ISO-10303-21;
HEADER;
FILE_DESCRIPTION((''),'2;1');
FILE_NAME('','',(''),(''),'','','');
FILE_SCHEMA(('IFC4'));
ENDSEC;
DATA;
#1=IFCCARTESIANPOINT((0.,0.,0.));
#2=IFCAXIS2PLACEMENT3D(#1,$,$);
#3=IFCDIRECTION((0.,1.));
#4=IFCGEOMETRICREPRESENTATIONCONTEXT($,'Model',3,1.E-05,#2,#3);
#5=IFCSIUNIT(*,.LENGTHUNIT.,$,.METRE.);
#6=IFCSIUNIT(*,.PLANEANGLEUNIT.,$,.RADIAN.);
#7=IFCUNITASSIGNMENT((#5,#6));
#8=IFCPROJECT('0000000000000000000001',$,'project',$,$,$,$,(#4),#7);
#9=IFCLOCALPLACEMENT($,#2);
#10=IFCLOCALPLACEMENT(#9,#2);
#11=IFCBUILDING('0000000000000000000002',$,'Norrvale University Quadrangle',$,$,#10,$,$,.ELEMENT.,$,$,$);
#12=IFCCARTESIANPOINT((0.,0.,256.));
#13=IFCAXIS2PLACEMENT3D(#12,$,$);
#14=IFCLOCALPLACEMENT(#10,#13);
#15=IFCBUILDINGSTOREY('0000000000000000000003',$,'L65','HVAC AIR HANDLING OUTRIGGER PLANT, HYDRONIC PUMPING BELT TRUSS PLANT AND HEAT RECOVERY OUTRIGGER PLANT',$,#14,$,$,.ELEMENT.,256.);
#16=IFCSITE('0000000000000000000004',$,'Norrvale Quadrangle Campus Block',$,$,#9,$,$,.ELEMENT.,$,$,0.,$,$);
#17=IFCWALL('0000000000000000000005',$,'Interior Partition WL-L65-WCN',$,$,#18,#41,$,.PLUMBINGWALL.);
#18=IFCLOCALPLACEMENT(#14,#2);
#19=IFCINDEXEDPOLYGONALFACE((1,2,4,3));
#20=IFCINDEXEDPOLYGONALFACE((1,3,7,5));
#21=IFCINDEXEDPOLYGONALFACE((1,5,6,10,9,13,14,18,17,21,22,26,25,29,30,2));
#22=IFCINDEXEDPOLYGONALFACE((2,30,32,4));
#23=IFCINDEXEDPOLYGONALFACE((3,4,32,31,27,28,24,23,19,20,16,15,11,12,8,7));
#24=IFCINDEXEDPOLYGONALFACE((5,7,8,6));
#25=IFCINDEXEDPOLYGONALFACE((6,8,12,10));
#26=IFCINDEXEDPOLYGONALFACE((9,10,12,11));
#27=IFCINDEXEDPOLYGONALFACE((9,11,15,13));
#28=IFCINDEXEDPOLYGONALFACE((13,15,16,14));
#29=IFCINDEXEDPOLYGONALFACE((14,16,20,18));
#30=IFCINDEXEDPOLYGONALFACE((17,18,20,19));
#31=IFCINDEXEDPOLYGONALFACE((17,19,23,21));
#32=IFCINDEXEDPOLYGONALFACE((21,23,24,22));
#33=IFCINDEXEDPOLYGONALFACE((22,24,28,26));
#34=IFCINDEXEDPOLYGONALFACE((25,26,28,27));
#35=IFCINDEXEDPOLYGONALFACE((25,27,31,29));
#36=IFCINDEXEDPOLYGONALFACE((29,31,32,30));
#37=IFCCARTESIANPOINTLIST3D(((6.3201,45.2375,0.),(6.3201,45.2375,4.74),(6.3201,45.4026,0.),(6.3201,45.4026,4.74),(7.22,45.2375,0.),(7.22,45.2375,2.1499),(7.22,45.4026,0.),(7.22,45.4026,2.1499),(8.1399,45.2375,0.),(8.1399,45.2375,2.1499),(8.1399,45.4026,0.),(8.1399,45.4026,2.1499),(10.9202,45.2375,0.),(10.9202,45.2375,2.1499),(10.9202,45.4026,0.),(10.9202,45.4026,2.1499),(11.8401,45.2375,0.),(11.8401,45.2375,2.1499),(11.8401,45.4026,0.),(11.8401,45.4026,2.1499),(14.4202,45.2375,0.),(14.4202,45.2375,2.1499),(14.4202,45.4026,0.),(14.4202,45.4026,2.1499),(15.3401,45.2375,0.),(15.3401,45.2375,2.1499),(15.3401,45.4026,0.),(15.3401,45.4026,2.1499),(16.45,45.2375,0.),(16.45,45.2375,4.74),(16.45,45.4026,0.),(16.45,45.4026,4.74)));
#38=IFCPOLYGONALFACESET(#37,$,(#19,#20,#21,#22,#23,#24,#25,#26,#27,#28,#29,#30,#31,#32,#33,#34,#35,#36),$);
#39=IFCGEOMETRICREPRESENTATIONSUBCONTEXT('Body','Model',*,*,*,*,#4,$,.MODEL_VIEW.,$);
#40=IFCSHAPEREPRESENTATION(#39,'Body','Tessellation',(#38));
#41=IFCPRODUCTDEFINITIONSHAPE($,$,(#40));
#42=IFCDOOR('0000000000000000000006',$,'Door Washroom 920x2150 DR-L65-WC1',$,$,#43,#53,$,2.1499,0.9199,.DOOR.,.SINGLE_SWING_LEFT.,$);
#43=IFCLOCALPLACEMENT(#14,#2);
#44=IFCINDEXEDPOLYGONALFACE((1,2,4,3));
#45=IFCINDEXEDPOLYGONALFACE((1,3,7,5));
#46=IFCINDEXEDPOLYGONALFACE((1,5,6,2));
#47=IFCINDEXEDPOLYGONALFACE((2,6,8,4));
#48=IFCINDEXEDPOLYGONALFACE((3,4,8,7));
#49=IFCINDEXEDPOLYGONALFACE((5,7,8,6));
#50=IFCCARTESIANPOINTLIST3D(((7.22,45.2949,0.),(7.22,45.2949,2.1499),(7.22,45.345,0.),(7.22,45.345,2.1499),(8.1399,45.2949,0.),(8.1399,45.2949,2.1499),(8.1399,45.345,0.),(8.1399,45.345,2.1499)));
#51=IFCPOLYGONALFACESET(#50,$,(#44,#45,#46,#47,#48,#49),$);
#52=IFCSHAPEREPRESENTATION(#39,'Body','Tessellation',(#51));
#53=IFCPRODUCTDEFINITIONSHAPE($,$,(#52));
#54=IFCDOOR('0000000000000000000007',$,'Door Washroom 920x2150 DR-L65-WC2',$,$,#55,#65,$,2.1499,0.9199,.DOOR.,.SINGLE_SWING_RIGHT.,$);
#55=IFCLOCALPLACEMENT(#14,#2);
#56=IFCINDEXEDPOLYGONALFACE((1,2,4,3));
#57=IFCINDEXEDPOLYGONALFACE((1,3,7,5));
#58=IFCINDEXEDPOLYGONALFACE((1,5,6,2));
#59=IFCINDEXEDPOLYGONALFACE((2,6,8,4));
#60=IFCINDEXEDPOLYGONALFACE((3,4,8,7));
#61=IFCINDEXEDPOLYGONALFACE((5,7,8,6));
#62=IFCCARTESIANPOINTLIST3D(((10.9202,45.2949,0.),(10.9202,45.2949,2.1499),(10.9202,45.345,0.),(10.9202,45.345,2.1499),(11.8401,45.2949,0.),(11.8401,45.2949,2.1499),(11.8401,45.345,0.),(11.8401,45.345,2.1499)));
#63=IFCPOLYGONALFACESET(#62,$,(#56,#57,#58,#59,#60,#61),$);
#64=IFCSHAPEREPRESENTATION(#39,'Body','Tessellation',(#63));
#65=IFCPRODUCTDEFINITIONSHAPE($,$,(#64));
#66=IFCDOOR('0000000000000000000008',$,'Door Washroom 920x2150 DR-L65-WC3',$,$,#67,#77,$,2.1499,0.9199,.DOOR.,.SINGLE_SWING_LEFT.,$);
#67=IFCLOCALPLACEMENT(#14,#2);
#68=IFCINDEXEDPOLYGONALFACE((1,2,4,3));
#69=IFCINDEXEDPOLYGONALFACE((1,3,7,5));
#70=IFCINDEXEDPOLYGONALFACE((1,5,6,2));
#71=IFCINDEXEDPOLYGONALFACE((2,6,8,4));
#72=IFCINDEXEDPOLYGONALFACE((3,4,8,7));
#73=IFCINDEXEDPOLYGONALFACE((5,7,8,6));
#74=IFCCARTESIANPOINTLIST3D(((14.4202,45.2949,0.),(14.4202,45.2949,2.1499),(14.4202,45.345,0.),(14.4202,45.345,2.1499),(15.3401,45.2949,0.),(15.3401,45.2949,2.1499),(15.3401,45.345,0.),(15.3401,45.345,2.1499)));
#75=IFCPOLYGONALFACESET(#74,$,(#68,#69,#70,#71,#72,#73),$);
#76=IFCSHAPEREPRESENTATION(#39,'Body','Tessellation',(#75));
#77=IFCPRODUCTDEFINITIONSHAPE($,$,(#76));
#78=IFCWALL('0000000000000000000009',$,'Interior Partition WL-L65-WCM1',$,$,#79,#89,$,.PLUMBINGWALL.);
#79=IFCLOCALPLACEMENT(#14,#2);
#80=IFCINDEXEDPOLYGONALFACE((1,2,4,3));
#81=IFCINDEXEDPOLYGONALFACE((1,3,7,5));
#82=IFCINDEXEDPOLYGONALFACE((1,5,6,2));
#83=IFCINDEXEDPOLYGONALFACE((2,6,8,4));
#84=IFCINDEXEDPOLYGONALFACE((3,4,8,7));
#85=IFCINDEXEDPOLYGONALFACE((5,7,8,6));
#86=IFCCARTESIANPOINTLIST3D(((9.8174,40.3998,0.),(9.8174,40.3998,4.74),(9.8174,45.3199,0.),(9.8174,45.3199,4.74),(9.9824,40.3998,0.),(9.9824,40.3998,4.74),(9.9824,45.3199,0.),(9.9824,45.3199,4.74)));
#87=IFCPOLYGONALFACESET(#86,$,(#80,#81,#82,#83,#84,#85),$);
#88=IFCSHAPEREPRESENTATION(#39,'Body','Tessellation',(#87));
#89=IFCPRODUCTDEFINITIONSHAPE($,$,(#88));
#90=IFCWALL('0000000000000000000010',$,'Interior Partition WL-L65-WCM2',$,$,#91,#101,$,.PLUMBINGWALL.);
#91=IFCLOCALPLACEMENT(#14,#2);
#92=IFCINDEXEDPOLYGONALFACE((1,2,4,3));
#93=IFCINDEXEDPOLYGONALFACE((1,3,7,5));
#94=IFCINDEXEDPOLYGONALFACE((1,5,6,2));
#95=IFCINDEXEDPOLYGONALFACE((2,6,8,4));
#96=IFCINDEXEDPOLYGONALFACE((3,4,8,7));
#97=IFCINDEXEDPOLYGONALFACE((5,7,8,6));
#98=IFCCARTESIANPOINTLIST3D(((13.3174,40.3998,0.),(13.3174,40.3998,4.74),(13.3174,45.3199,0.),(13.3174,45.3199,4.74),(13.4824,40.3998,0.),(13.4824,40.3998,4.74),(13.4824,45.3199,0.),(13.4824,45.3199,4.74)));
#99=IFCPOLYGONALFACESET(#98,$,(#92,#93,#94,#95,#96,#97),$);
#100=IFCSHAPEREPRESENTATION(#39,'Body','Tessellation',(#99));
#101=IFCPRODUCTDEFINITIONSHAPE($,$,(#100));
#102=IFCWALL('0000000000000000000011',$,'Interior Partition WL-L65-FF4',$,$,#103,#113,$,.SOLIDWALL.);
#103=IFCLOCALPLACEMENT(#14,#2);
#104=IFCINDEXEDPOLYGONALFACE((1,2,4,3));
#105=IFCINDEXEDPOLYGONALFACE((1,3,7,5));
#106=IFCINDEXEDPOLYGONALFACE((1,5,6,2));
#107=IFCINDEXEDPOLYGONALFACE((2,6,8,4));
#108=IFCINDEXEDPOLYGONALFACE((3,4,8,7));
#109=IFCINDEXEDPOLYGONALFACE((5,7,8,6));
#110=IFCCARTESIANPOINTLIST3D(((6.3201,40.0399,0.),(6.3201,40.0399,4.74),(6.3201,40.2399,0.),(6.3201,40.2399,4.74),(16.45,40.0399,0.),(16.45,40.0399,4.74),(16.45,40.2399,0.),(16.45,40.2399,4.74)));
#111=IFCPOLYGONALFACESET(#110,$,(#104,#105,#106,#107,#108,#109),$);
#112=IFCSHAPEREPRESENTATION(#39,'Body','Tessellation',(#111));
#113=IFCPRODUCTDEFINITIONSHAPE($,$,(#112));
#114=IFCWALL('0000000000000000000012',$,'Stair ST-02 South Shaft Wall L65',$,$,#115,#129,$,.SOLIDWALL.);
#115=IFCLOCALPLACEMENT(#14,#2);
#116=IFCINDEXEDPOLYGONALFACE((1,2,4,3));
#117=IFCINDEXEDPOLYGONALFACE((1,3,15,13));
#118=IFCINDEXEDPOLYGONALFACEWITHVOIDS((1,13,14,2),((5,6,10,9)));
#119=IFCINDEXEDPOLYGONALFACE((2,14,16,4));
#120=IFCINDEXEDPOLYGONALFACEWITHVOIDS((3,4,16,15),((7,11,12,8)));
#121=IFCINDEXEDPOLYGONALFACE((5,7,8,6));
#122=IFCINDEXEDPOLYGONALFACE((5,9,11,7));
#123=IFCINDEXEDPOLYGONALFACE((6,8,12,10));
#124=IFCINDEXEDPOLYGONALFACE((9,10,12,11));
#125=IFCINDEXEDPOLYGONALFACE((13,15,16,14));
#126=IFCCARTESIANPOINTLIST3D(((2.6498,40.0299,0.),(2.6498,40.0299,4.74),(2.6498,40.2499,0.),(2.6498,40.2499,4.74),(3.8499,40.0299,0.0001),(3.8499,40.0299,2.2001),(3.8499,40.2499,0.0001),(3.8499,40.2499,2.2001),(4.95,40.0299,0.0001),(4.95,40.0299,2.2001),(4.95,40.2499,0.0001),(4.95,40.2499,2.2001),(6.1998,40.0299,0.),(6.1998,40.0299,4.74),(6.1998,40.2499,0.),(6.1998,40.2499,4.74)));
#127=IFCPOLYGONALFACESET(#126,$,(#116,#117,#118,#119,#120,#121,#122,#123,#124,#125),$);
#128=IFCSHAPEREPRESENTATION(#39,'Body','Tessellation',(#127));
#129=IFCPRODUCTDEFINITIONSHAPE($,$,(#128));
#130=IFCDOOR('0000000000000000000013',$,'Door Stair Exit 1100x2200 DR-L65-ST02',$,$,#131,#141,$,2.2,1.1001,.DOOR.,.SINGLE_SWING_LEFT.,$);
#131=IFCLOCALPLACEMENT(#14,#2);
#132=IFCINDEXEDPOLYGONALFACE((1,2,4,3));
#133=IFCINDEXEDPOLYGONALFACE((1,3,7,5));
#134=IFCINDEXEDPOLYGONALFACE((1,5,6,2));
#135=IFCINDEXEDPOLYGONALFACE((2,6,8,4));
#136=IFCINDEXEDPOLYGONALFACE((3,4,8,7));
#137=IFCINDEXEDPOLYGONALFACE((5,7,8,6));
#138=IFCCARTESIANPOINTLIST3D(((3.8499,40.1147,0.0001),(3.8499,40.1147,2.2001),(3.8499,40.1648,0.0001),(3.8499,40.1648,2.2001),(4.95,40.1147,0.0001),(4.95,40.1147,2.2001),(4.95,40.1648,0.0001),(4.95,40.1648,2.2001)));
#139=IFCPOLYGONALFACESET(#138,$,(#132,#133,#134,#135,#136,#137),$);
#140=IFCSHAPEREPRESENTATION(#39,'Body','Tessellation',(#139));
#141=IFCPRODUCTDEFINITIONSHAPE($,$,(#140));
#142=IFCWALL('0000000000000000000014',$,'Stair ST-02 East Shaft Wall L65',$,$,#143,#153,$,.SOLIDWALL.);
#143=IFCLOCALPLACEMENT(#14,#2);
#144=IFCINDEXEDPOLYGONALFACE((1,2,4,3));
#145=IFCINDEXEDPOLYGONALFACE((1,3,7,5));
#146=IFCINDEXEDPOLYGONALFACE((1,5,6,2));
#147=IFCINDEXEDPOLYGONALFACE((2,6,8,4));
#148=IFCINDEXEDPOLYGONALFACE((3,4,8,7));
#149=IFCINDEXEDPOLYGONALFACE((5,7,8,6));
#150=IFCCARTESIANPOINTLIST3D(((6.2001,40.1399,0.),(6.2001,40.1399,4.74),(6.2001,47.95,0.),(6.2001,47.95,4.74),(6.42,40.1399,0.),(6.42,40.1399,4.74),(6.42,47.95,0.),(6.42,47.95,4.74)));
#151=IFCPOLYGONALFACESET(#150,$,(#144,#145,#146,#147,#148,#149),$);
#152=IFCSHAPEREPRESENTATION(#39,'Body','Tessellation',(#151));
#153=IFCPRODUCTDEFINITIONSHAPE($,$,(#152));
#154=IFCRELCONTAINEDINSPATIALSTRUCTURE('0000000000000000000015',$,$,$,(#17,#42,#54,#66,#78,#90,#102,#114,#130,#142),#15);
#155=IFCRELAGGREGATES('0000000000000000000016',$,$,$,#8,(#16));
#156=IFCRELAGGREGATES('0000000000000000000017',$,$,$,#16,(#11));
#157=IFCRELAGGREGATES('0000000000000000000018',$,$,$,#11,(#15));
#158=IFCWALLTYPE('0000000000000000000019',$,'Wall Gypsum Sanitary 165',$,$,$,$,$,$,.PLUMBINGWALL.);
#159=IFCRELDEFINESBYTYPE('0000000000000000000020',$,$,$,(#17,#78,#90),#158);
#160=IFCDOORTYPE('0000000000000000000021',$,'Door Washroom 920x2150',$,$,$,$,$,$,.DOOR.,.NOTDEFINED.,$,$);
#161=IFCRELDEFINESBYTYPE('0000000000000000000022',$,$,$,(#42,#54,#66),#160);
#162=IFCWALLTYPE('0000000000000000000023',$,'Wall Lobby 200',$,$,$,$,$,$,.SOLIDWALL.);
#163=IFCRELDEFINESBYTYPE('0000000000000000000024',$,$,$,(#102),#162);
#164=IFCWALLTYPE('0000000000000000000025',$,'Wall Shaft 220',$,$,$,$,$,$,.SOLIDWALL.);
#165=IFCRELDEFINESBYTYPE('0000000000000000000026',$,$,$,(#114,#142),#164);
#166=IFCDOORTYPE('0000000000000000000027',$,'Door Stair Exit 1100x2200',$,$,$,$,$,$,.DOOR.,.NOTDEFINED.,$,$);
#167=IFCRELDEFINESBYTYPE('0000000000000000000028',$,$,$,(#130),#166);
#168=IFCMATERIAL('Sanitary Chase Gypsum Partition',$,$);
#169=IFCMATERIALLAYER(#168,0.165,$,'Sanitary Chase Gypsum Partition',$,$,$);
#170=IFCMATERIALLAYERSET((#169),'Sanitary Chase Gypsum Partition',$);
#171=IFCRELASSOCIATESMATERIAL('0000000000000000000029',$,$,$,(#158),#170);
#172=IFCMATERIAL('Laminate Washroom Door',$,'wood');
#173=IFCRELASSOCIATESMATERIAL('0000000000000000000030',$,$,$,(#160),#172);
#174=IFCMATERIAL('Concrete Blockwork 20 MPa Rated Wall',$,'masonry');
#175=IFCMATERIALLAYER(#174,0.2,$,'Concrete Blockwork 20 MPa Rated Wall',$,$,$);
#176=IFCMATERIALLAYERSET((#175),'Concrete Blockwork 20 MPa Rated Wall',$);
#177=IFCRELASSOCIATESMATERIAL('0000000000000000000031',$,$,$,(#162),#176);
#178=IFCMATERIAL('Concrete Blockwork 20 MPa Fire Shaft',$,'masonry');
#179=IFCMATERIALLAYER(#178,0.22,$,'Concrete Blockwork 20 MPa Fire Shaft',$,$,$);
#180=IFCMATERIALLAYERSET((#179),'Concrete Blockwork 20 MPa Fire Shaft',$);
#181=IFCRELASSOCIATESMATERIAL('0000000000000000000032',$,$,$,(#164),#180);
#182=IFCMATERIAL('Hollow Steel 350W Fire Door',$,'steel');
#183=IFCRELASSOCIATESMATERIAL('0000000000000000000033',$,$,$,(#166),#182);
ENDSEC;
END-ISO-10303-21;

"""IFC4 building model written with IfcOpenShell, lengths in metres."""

from ifc_helpers import new_model, si_unit, direction, frame, frame_2d, origin, place, context, subcontext, project, spatial, rectangle, extrude, material, layer, layer_set, type_object, element, fill, save


model = new_model("IFC4")

# Units and contexts
model_context = context("Model", 3, precision=1e-05, world=origin(), true_north=direction((0.0, 1.0)))
body_context = subcontext(model_context, "Body", "Model", "MODEL_VIEW")
ifc_project = project(units=[si_unit("LENGTHUNIT", "METRE"), si_unit("PLANEANGLEUNIT", "RADIAN")], contexts=[model_context])

# Site, building, storey
site_placement = place(None, origin())
site = spatial("IfcSite", under=ifc_project, at=site_placement, Name="Norrvale Quadrangle Campus Block", CompositionType="ELEMENT", RefElevation=0.0)
building_placement = place(site_placement, origin())
building = spatial("IfcBuilding", under=site, at=building_placement, Name="Norrvale University Quadrangle", CompositionType="ELEMENT")
storey_placement = place(building_placement, frame((0.0, 0.0, 256.0)))
storey = spatial("IfcBuildingStorey", under=building, at=storey_placement, Name="L65", Description="HVAC AIR HANDLING OUTRIGGER PLANT, HYDRONIC PUMPING BELT TRUSS PLANT AND HEAT RECOVERY OUTRIGGER PLANT", CompositionType="ELEMENT", Elevation=256.0)

# Wall, openings, doors
ifc_material_1 = material(Name="Sanitary Chase Gypsum Partition")
ifc_layer_1 = layer(ifc_material_1, 0.165, Name="Sanitary Chase Gypsum Partition")
ifc_layer_set_1 = layer_set([ifc_layer_1], Name="Sanitary Chase Gypsum Partition")
wall_type_1 = type_object("IfcWallType", Name="Wall Gypsum Sanitary 165", PredefinedType="PLUMBINGWALL", material=ifc_layer_set_1)
wall_1_placement = place(storey_placement, frame((6.3201, 45.3201, 0.0), z_axis=(0.0, 0.0, 1.0), x_axis=(1.0, 0.0, 0.0)))
wall_1 = element("IfcWall", 1, at=wall_1_placement, inside=storey, type_object=wall_type_1, Name="Interior Partition WL-L65-WCN", PredefinedType="PLUMBINGWALL", context=body_context, shape_type="SweptSolid", body=[
    extrude(rectangle(XDim=10.1299, YDim=0.165, at=frame_2d((5.0649, 0.0))), origin(), (0.0, 0.0, 1.0), 4.74),
])
opening_1_placement = place(wall_1_placement, frame((0.8999, 0.0, 0.0)))
opening_1 = element("IfcOpeningElement", 2, at=opening_1_placement, cuts=wall_1, PredefinedType="OPENING", context=body_context, shape_type="SweptSolid", body=[
    extrude(rectangle(XDim=0.9199, YDim=2.1499, at=frame_2d((0.46, 1.075))), frame((0.0, 0.0945, 0.0), z_axis=(0.0, -1.0, 0.0), x_axis=(1.0, 0.0, 0.0)), (0.0, 0.0, 1.0), 0.189),
])
opening_2_placement = place(wall_1_placement, frame((4.6001, 0.0, 0.0)))
opening_2 = element("IfcOpeningElement", 3, at=opening_2_placement, cuts=wall_1, PredefinedType="OPENING", context=body_context, shape_type="SweptSolid", body=[
    extrude(rectangle(XDim=0.9199, YDim=2.1499, at=frame_2d((0.46, 1.075))), frame((0.0, 0.0945, 0.0), z_axis=(0.0, -1.0, 0.0), x_axis=(1.0, 0.0, 0.0)), (0.0, 0.0, 1.0), 0.189),
])
opening_3_placement = place(wall_1_placement, frame((8.1001, 0.0, 0.0)))
opening_3 = element("IfcOpeningElement", 4, at=opening_3_placement, cuts=wall_1, PredefinedType="OPENING", context=body_context, shape_type="SweptSolid", body=[
    extrude(rectangle(XDim=0.9199, YDim=2.1499, at=frame_2d((0.46, 1.075))), frame((0.0, 0.0945, 0.0), z_axis=(0.0, -1.0, 0.0), x_axis=(1.0, 0.0, 0.0)), (0.0, 0.0, 1.0), 0.189),
])
ifc_material_2 = material(Name="Laminate Washroom Door", Category="wood")
door_type_1 = type_object("IfcDoorType", Name="Door Washroom 920x2150", OperationType="NOTDEFINED", PredefinedType="DOOR", material=ifc_material_2)
door_1_placement = place(opening_1_placement, origin())
door_1 = element("IfcDoor", 5, at=door_1_placement, inside=storey, type_object=door_type_1, Name="Door Washroom 920x2150 DR-L65-WC1", OperationType="SINGLE_SWING_LEFT", OverallHeight=2.1499, OverallWidth=0.9199, PredefinedType="DOOR", context=body_context, shape_type="SweptSolid", body=[
    extrude(rectangle(XDim=0.9199, YDim=2.1499, at=frame_2d((0.46, 1.075))), frame((0.0, 0.0249, 0.0), z_axis=(0.0, -1.0, 0.0), x_axis=(1.0, 0.0, 0.0)), (0.0, 0.0, 1.0), 0.05),
])
fill(opening_1, door_1)
door_2_placement = place(opening_2_placement, origin())
door_2 = element("IfcDoor", 6, at=door_2_placement, inside=storey, type_object=door_type_1, Name="Door Washroom 920x2150 DR-L65-WC2", OperationType="SINGLE_SWING_RIGHT", OverallHeight=2.1499, OverallWidth=0.9199, PredefinedType="DOOR", context=body_context, shape_type="SweptSolid", body=[
    extrude(rectangle(XDim=0.9199, YDim=2.1499, at=frame_2d((0.46, 1.075))), frame((0.0, 0.0249, 0.0), z_axis=(0.0, -1.0, 0.0), x_axis=(1.0, 0.0, 0.0)), (0.0, 0.0, 1.0), 0.05),
])
fill(opening_2, door_2)
door_3_placement = place(opening_3_placement, origin())
door_3 = element("IfcDoor", 7, at=door_3_placement, inside=storey, type_object=door_type_1, Name="Door Washroom 920x2150 DR-L65-WC3", OperationType="SINGLE_SWING_LEFT", OverallHeight=2.1499, OverallWidth=0.9199, PredefinedType="DOOR", context=body_context, shape_type="SweptSolid", body=[
    extrude(rectangle(XDim=0.9199, YDim=2.1499, at=frame_2d((0.46, 1.075))), frame((0.0, 0.0249, 0.0), z_axis=(0.0, -1.0, 0.0), x_axis=(1.0, 0.0, 0.0)), (0.0, 0.0, 1.0), 0.05),
])
fill(opening_3, door_3)

# Walls
for number, where, z_axis, x_axis, name in (
    (8, (9.8999, 40.3999, 0.0), (0.0, 0.0, 1.0), (0.0, 1.0, 0.0), "Interior Partition WL-L65-WCM1"),
    (9, (13.3999, 40.3999, 0.0), (0.0, 0.0, 1.0), (0.0, 1.0, 0.0), "Interior Partition WL-L65-WCM2"),
):
    element("IfcWall", number, at=place(storey_placement, frame(where, z_axis=z_axis, x_axis=x_axis)), inside=storey, type_object=wall_type_1, Name=name, PredefinedType="PLUMBINGWALL", context=body_context, shape_type="SweptSolid", body=[
        extrude(rectangle(XDim=4.9202, YDim=0.165, at=frame_2d((2.46, 0.0))), origin(), (0.0, 0.0, 1.0), 4.74),
    ])
ifc_material_3 = material(Name="Concrete Blockwork 20 MPa Rated Wall", Category="masonry")
ifc_layer_2 = layer(ifc_material_3, 0.2, Name="Concrete Blockwork 20 MPa Rated Wall")
ifc_layer_set_2 = layer_set([ifc_layer_2], Name="Concrete Blockwork 20 MPa Rated Wall")
wall_type_2 = type_object("IfcWallType", Name="Wall Lobby 200", PredefinedType="SOLIDWALL", material=ifc_layer_set_2)
wall_2_placement = place(storey_placement, frame((6.3201, 40.1399, 0.0), z_axis=(0.0, 0.0, 1.0), x_axis=(1.0, 0.0, 0.0)))
element("IfcWall", 10, at=wall_2_placement, inside=storey, type_object=wall_type_2, Name="Interior Partition WL-L65-FF4", PredefinedType="SOLIDWALL", context=body_context, shape_type="SweptSolid", body=[
    extrude(rectangle(XDim=10.1299, YDim=0.2, at=frame_2d((5.0649, 0.0))), origin(), (0.0, 0.0, 1.0), 4.74),
])

# Wall, opening, door
ifc_material_4 = material(Name="Concrete Blockwork 20 MPa Fire Shaft", Category="masonry")
ifc_layer_3 = layer(ifc_material_4, 0.22, Name="Concrete Blockwork 20 MPa Fire Shaft")
ifc_layer_set_3 = layer_set([ifc_layer_3], Name="Concrete Blockwork 20 MPa Fire Shaft")
wall_type_3 = type_object("IfcWallType", Name="Wall Shaft 220", PredefinedType="SOLIDWALL", material=ifc_layer_set_3)
wall_3_placement = place(storey_placement, frame((2.6499, 40.1399, 0.0), z_axis=(0.0, 0.0, 1.0), x_axis=(1.0, 0.0, 0.0)))
wall_3 = element("IfcWall", 11, at=wall_3_placement, inside=storey, type_object=wall_type_3, Name="Stair ST-02 South Shaft Wall L65", PredefinedType="SOLIDWALL", context=body_context, shape_type="SweptSolid", body=[
    extrude(rectangle(XDim=3.55, YDim=0.22, at=frame_2d((1.7749, 0.0))), origin(), (0.0, 0.0, 1.0), 4.74),
])
opening_4_placement = place(wall_3_placement, frame((1.2, 0.0, 0.0)))
opening_4 = element("IfcOpeningElement", 12, at=opening_4_placement, cuts=wall_3, PredefinedType="OPENING", context=body_context, shape_type="SweptSolid", body=[
    extrude(rectangle(XDim=1.1001, YDim=2.2, at=frame_2d((0.55, 1.1001))), frame((0.0, 0.1221, 0.0), z_axis=(0.0, -1.0, 0.0), x_axis=(1.0, 0.0, 0.0)), (0.0, 0.0, 1.0), 0.2439),
])
ifc_material_5 = material(Name="Hollow Steel 350W Fire Door", Category="steel")
door_type_2 = type_object("IfcDoorType", Name="Door Stair Exit 1100x2200", OperationType="NOTDEFINED", PredefinedType="DOOR", material=ifc_material_5)
door_4_placement = place(opening_4_placement, origin())
door_4 = element("IfcDoor", 13, at=door_4_placement, inside=storey, type_object=door_type_2, Name="Door Stair Exit 1100x2200 DR-L65-ST02", OperationType="SINGLE_SWING_LEFT", OverallHeight=2.2, OverallWidth=1.1001, PredefinedType="DOOR", context=body_context, shape_type="SweptSolid", body=[
    extrude(rectangle(XDim=1.1001, YDim=2.2, at=frame_2d((0.55, 1.1001))), frame((0.0, 0.0249, 0.0), z_axis=(0.0, -1.0, 0.0), x_axis=(1.0, 0.0, 0.0)), (0.0, 0.0, 1.0), 0.05),
])
fill(opening_4, door_4)

# Wall
wall_4_placement = place(storey_placement, frame((6.3101, 40.1399, 0.0), z_axis=(0.0, 0.0, 1.0), x_axis=(0.0, 1.0, 0.0)))
element("IfcWall", 14, at=wall_4_placement, inside=storey, type_object=wall_type_3, Name="Stair ST-02 East Shaft Wall L65", PredefinedType="SOLIDWALL", context=body_context, shape_type="SweptSolid", body=[
    extrude(rectangle(XDim=7.8101, YDim=0.22, at=frame_2d((3.905, 0.0))), origin(), (0.0, 0.0, 1.0), 4.74),
])

save(model, "model.ifc")
